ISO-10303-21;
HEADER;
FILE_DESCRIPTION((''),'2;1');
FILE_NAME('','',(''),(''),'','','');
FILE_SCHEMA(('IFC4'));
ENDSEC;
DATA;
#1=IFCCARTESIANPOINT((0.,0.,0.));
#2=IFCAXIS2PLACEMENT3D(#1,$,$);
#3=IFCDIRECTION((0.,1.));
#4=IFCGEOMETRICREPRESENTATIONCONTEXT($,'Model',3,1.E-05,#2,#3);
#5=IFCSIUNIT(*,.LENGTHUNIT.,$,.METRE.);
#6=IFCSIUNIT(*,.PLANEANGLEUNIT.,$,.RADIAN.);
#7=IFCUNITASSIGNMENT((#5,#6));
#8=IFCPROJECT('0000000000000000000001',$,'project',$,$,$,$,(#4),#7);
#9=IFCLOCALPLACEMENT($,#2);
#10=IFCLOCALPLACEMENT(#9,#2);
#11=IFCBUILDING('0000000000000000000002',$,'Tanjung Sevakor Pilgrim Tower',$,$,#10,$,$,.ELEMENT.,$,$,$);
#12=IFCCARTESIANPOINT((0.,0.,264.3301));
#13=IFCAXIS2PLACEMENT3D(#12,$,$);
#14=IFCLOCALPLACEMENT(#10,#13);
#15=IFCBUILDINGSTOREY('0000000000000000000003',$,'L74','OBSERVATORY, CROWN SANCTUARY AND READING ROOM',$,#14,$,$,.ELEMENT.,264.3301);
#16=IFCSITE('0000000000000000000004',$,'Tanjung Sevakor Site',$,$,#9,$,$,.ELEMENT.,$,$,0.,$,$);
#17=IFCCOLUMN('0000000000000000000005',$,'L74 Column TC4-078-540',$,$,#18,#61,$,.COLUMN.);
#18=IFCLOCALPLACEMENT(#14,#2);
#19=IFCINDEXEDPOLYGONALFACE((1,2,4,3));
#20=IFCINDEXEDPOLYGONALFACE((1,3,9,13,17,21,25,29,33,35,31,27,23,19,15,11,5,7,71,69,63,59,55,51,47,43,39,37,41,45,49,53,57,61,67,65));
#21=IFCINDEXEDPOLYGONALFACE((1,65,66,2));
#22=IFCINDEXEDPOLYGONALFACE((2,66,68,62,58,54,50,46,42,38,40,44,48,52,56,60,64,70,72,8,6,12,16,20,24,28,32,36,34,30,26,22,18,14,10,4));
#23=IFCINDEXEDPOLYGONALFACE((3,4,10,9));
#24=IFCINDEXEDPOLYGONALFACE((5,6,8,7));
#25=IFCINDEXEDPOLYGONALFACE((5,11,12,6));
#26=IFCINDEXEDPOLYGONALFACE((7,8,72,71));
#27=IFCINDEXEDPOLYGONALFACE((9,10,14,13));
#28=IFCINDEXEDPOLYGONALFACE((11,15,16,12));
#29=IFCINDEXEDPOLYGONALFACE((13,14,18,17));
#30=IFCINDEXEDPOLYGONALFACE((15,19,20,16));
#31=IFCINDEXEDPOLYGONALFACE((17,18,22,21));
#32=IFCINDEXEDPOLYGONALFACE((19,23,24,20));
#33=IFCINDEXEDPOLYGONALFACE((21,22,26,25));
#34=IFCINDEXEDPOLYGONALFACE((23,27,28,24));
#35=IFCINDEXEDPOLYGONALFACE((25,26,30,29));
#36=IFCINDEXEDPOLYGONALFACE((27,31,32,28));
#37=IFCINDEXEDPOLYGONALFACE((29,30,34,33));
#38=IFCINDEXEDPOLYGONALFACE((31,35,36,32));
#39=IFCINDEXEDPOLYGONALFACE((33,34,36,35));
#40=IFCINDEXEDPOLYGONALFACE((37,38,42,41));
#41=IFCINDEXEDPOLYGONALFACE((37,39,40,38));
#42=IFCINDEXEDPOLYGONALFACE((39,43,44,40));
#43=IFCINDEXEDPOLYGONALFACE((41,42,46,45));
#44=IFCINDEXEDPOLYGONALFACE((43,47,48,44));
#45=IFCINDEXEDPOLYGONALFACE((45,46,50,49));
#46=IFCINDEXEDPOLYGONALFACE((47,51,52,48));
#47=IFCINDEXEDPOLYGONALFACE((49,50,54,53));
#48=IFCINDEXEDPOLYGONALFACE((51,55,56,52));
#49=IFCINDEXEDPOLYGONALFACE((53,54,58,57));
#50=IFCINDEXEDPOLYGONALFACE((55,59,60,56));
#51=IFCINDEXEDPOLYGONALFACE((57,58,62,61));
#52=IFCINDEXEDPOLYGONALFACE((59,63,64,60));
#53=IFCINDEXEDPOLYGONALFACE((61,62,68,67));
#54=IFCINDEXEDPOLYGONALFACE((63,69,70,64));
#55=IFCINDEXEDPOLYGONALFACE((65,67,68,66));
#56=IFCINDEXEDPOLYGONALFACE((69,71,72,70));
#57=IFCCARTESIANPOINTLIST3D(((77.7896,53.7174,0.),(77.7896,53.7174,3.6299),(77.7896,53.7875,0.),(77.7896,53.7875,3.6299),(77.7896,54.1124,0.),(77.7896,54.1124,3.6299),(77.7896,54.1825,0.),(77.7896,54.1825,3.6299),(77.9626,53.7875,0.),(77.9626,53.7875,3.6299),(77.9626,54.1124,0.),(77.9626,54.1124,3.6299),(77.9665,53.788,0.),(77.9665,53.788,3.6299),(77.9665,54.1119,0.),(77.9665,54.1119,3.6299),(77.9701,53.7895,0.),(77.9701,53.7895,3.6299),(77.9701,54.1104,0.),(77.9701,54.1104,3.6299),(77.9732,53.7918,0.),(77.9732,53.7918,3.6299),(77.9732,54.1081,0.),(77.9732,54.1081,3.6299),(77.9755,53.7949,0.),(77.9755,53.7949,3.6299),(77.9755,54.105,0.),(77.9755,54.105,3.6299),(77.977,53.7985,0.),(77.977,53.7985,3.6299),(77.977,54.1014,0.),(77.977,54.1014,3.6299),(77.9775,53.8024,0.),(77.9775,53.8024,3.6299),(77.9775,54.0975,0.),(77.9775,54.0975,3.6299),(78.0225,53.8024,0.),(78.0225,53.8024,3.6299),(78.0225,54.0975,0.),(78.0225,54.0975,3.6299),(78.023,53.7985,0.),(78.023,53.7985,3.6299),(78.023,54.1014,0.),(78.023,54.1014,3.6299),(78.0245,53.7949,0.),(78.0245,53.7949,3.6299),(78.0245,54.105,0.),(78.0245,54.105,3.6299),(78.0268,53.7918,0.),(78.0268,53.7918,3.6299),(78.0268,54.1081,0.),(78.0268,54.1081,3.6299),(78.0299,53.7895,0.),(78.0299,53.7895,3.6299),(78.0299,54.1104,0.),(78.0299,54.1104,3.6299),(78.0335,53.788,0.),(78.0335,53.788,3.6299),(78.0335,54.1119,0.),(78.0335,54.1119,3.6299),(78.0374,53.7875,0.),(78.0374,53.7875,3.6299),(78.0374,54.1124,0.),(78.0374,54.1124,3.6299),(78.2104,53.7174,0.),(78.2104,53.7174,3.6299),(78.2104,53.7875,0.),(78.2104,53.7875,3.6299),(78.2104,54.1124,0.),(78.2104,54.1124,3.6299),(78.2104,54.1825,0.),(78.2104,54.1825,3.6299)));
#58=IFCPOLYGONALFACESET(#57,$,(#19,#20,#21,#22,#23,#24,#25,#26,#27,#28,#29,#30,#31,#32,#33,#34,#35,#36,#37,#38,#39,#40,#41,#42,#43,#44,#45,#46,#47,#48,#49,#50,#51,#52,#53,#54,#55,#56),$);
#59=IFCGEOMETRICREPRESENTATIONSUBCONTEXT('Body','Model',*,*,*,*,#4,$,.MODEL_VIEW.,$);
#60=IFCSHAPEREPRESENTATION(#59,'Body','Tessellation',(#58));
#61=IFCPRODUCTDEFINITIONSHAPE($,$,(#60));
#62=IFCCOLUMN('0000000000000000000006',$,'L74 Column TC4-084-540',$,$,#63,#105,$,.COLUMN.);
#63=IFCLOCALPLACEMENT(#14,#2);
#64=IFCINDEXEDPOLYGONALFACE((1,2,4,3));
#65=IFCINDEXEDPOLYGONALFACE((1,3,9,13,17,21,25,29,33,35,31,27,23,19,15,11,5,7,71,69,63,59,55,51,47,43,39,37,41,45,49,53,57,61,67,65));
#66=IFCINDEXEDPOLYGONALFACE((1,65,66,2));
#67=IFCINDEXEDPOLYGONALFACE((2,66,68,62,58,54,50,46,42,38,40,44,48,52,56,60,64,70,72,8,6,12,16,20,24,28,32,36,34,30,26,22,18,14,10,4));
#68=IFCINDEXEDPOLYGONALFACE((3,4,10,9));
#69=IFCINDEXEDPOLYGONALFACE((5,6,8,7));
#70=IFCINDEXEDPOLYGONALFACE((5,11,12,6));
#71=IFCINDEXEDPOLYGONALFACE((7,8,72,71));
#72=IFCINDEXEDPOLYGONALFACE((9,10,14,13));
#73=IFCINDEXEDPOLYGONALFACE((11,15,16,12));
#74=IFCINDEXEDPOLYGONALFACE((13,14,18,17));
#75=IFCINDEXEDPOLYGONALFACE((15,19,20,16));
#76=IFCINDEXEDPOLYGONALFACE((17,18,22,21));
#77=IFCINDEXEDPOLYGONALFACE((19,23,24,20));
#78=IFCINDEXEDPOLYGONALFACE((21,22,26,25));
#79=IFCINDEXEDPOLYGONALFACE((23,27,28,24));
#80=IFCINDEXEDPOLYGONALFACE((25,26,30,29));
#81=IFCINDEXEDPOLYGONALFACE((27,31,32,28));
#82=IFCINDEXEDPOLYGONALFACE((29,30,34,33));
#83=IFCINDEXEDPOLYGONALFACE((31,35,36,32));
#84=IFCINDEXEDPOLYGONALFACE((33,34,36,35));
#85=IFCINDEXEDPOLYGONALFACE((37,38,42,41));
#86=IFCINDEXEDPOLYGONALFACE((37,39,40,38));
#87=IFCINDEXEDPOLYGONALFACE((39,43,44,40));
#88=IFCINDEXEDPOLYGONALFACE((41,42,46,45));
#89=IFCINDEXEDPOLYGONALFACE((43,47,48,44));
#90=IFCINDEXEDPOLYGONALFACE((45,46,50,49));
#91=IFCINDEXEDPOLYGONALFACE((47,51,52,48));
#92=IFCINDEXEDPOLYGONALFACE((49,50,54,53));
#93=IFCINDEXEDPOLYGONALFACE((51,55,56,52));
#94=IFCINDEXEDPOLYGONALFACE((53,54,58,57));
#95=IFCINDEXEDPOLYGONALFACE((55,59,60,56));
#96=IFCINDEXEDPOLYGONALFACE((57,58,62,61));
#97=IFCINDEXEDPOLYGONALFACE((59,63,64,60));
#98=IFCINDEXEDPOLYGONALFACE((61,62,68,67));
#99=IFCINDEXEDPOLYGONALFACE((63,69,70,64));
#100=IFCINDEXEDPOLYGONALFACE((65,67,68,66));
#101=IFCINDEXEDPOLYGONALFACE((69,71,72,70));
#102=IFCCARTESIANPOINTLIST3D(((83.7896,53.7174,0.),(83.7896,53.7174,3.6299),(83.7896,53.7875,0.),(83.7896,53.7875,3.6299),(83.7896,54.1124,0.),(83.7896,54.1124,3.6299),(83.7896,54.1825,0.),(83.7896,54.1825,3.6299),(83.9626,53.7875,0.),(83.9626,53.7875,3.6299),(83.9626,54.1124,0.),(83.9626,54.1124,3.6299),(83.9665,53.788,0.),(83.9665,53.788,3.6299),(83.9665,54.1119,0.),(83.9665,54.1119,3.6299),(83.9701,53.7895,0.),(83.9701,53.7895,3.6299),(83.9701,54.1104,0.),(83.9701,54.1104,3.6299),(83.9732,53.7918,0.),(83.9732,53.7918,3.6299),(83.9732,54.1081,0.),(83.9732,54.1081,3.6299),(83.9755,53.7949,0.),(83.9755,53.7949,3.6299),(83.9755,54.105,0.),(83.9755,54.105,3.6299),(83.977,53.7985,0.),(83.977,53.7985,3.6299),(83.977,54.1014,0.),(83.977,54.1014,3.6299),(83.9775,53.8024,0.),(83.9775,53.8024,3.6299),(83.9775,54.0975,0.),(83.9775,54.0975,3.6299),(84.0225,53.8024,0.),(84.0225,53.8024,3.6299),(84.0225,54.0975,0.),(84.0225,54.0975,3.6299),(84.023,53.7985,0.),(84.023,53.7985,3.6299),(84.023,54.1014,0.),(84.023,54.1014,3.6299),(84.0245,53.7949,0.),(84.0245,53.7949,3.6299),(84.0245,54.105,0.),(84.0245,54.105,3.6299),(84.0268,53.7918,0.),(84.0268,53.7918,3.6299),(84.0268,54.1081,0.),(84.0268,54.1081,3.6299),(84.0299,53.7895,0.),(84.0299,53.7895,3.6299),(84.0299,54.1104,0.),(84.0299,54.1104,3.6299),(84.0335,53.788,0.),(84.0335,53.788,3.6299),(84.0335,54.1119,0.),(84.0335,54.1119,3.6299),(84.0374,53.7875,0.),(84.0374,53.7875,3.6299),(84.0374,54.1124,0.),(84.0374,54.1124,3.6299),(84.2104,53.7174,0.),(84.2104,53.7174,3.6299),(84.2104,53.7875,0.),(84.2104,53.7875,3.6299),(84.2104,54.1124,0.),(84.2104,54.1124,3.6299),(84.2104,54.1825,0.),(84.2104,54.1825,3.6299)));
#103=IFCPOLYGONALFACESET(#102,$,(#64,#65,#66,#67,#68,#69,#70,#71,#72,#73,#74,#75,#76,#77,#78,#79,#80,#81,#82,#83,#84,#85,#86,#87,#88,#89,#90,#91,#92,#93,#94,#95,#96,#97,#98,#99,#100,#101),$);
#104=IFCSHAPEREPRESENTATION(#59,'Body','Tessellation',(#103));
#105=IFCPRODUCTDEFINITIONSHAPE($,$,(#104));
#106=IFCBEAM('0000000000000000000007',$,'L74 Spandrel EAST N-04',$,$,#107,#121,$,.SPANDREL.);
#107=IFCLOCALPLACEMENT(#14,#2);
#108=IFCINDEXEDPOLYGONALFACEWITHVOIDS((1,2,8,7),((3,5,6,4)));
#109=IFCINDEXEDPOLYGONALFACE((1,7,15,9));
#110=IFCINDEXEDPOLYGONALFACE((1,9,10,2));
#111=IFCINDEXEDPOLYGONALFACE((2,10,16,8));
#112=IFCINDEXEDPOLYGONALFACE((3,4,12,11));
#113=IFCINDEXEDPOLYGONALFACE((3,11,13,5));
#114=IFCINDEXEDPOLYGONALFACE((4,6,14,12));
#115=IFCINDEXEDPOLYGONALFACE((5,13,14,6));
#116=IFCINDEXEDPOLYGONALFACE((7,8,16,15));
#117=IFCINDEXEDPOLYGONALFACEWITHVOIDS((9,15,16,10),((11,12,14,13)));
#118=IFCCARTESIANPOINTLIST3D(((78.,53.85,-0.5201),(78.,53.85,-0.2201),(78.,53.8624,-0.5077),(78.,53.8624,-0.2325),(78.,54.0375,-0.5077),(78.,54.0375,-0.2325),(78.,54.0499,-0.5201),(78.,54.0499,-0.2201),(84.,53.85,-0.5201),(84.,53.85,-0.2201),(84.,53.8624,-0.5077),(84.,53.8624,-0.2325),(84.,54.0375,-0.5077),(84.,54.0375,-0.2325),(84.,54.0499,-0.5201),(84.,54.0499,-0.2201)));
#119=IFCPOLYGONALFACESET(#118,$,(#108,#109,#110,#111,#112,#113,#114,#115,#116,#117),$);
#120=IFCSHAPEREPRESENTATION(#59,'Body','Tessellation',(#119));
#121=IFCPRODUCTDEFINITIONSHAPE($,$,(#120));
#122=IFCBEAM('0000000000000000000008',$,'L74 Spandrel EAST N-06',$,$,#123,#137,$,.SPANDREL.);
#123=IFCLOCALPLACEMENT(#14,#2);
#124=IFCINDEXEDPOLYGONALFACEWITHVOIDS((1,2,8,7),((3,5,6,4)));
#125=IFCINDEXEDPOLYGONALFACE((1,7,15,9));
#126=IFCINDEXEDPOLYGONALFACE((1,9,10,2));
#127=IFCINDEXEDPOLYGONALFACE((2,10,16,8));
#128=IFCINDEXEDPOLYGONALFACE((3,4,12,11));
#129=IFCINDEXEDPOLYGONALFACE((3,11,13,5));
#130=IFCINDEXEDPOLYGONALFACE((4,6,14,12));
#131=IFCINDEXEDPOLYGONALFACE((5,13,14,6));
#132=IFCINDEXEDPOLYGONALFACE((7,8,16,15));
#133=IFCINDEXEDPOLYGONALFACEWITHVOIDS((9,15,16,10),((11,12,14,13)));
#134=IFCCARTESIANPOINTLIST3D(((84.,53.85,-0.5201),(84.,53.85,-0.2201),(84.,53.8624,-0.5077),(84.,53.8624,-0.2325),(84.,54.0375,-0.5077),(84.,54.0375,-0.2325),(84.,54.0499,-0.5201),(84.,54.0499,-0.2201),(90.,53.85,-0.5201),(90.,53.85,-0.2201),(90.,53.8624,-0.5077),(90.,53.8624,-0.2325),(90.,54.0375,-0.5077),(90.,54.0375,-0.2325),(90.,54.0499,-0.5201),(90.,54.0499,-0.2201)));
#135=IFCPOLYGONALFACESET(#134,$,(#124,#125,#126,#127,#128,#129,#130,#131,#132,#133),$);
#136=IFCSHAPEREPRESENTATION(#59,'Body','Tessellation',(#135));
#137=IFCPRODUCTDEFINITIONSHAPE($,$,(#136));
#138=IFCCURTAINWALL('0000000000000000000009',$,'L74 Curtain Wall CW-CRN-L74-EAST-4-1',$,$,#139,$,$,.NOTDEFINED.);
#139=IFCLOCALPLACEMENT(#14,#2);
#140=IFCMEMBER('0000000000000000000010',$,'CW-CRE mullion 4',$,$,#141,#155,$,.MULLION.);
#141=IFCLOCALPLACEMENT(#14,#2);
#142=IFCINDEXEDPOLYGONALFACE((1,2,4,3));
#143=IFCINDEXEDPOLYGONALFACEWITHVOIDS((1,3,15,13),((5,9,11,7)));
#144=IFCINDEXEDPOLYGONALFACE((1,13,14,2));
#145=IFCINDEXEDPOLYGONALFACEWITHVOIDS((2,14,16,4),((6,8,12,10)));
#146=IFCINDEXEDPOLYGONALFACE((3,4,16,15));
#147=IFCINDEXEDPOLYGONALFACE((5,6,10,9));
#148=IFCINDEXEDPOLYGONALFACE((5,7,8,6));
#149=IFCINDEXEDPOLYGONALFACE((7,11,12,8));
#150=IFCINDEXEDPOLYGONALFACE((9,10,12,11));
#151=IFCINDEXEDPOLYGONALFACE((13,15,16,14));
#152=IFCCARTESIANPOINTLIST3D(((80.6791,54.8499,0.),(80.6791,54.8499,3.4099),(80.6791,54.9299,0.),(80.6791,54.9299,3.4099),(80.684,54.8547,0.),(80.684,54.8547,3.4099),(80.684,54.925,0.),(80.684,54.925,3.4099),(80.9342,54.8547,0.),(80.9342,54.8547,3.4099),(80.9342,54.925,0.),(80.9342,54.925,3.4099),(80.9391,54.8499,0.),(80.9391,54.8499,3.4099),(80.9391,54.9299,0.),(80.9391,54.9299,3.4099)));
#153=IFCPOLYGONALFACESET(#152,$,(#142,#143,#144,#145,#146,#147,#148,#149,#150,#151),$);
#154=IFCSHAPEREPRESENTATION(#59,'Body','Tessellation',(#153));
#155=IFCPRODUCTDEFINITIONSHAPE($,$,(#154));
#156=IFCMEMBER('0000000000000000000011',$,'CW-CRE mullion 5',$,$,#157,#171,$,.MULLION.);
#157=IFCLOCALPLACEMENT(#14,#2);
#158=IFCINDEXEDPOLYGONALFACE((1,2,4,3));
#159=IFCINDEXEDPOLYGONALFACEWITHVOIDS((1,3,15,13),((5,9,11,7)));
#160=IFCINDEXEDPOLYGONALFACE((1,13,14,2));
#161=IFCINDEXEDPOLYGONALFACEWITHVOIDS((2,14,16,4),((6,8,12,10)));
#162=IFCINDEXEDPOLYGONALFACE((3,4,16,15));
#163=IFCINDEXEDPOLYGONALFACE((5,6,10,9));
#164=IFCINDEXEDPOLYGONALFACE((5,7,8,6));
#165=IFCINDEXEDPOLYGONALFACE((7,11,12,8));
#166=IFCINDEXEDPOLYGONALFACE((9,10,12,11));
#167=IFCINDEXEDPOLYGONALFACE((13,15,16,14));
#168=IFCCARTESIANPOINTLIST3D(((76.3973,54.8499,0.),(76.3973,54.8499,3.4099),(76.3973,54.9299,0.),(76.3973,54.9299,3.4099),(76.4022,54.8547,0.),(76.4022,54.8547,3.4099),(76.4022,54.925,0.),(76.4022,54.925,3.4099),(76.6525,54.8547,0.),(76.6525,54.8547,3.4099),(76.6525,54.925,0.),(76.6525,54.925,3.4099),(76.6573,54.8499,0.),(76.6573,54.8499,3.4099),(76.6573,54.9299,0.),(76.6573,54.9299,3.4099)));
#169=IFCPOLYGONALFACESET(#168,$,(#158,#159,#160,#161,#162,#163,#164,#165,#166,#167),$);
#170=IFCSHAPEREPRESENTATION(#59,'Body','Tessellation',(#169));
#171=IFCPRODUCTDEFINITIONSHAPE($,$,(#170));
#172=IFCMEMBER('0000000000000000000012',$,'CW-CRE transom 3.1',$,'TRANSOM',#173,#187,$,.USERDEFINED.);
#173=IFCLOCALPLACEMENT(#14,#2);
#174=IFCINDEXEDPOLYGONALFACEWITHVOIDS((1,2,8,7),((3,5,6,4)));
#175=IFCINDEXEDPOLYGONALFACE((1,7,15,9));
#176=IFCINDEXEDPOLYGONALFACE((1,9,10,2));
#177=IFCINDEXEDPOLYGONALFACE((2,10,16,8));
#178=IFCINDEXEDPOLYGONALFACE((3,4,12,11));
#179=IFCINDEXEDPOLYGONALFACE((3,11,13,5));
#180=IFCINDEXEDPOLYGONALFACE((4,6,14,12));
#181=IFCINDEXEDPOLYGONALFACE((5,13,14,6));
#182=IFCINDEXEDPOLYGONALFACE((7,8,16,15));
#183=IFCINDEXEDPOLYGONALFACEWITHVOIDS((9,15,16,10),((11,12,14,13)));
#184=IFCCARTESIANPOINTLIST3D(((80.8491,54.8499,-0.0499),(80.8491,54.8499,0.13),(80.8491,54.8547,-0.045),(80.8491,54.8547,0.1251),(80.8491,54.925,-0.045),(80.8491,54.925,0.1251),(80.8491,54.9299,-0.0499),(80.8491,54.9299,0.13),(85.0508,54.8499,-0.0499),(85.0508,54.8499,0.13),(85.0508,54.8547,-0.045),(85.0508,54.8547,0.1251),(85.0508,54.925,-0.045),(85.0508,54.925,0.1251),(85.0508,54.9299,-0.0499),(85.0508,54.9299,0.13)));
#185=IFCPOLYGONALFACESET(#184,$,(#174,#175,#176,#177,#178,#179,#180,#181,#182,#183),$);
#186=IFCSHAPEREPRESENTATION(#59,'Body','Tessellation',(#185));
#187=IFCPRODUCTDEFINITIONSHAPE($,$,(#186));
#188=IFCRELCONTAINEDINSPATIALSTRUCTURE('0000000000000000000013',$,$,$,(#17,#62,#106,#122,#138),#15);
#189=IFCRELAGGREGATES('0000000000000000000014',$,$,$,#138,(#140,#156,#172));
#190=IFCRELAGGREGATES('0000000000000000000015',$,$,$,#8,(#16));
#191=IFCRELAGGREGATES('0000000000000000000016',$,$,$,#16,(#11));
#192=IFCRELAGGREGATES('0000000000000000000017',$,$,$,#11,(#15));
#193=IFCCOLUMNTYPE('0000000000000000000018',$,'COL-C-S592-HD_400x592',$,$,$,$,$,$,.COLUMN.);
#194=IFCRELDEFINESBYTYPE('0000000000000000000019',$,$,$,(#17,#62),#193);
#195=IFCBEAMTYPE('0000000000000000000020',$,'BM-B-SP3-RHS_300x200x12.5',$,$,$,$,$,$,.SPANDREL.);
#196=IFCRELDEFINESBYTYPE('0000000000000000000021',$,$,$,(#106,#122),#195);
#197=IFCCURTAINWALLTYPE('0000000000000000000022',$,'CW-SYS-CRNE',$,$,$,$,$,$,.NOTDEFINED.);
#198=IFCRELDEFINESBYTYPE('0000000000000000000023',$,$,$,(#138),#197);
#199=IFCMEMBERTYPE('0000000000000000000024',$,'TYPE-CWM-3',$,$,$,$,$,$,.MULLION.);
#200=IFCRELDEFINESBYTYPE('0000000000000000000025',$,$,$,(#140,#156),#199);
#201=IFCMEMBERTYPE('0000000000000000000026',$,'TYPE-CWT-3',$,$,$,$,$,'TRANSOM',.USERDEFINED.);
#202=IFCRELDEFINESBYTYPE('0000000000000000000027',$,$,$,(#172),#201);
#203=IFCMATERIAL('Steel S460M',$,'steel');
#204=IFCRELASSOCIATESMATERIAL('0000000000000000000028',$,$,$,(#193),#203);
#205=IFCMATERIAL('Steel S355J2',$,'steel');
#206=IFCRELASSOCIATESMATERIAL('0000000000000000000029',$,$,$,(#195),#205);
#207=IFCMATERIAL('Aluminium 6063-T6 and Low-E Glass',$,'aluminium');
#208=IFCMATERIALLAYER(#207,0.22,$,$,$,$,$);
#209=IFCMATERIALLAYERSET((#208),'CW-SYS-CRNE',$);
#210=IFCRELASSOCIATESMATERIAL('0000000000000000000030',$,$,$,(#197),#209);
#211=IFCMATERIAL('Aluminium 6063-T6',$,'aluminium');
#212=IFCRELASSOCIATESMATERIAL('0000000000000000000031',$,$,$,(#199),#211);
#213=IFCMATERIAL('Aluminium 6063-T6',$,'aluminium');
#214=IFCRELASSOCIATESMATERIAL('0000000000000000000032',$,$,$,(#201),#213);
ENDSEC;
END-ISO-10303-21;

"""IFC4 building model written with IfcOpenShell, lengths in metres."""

from ifc_helpers import new_model, si_unit, direction, frame, origin, origin_2d, place, context, subcontext, project, spatial, hollow_rectangle, i_section, extrude, material, layer, layer_set, material_profile, profile_set, type_object, element, aggregate, save


model = new_model("IFC4")

# Units and contexts
model_context = context("Model", 3, precision=1e-05, world=origin(), true_north=direction((0.0, 1.0)))
body_context = subcontext(model_context, "Body", "Model", "MODEL_VIEW")
ifc_project = project(units=[si_unit("LENGTHUNIT", "METRE"), si_unit("PLANEANGLEUNIT", "RADIAN")], contexts=[model_context])

# Site, building, storey
site_placement = place(None, origin())
site = spatial("IfcSite", under=ifc_project, at=site_placement, Name="Tanjung Sevakor Site", CompositionType="ELEMENT", RefElevation=0.0)
building_placement = place(site_placement, origin())
building = spatial("IfcBuilding", under=site, at=building_placement, Name="Tanjung Sevakor Pilgrim Tower", CompositionType="ELEMENT")
storey_placement = place(building_placement, frame((0.0, 0.0, 264.3301)))
storey = spatial("IfcBuildingStorey", under=building, at=storey_placement, Name="L74", Description="OBSERVATORY, CROWN SANCTUARY AND READING ROOM", CompositionType="ELEMENT", Elevation=264.3301)

# Columns
ifc_material_1 = material(Name="Steel S460M", Category="steel")
ifc_material_profile_1 = material_profile(ifc_material_1, i_section(OverallWidth=0.4209, OverallDepth=0.4651, WebThickness=0.0449, FlangeThickness=0.0701, FilletRadius=0.0149, at=origin_2d()))
ifc_profile_set_1 = profile_set([ifc_material_profile_1], Name="Steel S460M")
column_type = type_object("IfcColumnType", Name="COL-C-S592-HD_400x592", PredefinedType="COLUMN", material=ifc_profile_set_1)
for number, where, z_axis, x_axis, name in (
    (1, (78.0, 53.95, 0.0), (0.0, 0.0, 1.0), (1.0, 0.0, 0.0), "L74 Column TC4-078-540"),
    (2, (84.0, 53.95, 0.0), (0.0, 0.0, 1.0), (1.0, 0.0, 0.0), "L74 Column TC4-084-540"),
):
    element("IfcColumn", number, at=place(storey_placement, frame(where, z_axis=z_axis, x_axis=x_axis)), inside=storey, type_object=column_type, Name=name, PredefinedType="COLUMN", context=body_context, shape_type="SweptSolid", body=[
        extrude(i_section(OverallWidth=0.4209, OverallDepth=0.4651, WebThickness=0.0449, FlangeThickness=0.0701, FilletRadius=0.0149, at=origin_2d()), origin(), (0.0, 0.0, 1.0), 3.6299),
    ])

# Beams
ifc_material_2 = material(Name="Steel S355J2", Category="steel")
ifc_material_profile_2 = material_profile(ifc_material_2, hollow_rectangle(XDim=0.2, YDim=0.3, WallThickness=0.0125, at=origin_2d()))
ifc_profile_set_2 = profile_set([ifc_material_profile_2], Name="Steel S355J2")
beam_type = type_object("IfcBeamType", Name="BM-B-SP3-RHS_300x200x12.5", PredefinedType="SPANDREL", material=ifc_profile_set_2)
for number, where, z_axis, x_axis, name in (
    (3, (78.0, 53.95, -0.3701), (1.0, 0.0, 0.0), (0.0, 1.0, 0.0), "L74 Spandrel EAST N-04"),
    (4, (84.0, 53.95, -0.3701), (1.0, 0.0, 0.0), (0.0, 1.0, 0.0), "L74 Spandrel EAST N-06"),
):
    element("IfcBeam", number, at=place(storey_placement, frame(where, z_axis=z_axis, x_axis=x_axis)), inside=storey, type_object=beam_type, Name=name, PredefinedType="SPANDREL", context=body_context, shape_type="SweptSolid", body=[
        extrude(hollow_rectangle(XDim=0.2, YDim=0.3, WallThickness=0.0125, at=origin_2d()), origin(), (0.0, 0.0, 1.0), 6.0),
    ])

# Curtain wall, members
ifc_material_3 = material(Name="Aluminium 6063-T6 and Low-E Glass", Category="aluminium")
ifc_layer_1 = layer(ifc_material_3, 0.22)
ifc_layer_set_1 = layer_set([ifc_layer_1], Name="CW-SYS-CRNE")
curtain_wall_type = type_object("IfcCurtainWallType", Name="CW-SYS-CRNE", PredefinedType="NOTDEFINED", material=ifc_layer_set_1)
curtain_wall_placement = place(storey_placement, origin())
curtain_wall = element("IfcCurtainWall", 5, at=curtain_wall_placement, inside=storey, type_object=curtain_wall_type, Name="L74 Curtain Wall CW-CRN-L74-EAST-4-1", PredefinedType="NOTDEFINED")
ifc_material_4 = material(Name="Aluminium 6063-T6", Category="aluminium")
ifc_material_profile_3 = material_profile(ifc_material_4, hollow_rectangle(XDim=0.0801, YDim=0.26, WallThickness=0.0049, at=origin_2d()))
ifc_profile_set_3 = profile_set([ifc_material_profile_3], Name="Aluminium 6063-T6")
member_type_1 = type_object("IfcMemberType", Name="TYPE-CWM-3", PredefinedType="MULLION", material=ifc_profile_set_3)
member_1_placement = place(storey_placement, frame((80.8091, 54.8899, 0.0), z_axis=(0.0, 0.0, 1.0), x_axis=(0.0, -1.0, 0.0)))
member_1 = element("IfcMember", 6, at=member_1_placement, type_object=member_type_1, Name="CW-CRE mullion 4", PredefinedType="MULLION", context=body_context, shape_type="SweptSolid", body=[
    extrude(hollow_rectangle(XDim=0.0801, YDim=0.26, WallThickness=0.0049, at=origin_2d()), origin(), (0.0, 0.0, 1.0), 3.4099),
])
member_2_placement = place(storey_placement, frame((76.5273, 54.8899, 0.0), z_axis=(0.0, 0.0, 1.0), x_axis=(0.0, -1.0, 0.0)))
member_2 = element("IfcMember", 7, at=member_2_placement, type_object=member_type_1, Name="CW-CRE mullion 5", PredefinedType="MULLION", context=body_context, shape_type="SweptSolid", body=[
    extrude(hollow_rectangle(XDim=0.0801, YDim=0.26, WallThickness=0.0049, at=origin_2d()), origin(), (0.0, 0.0, 1.0), 3.4099),
])
ifc_material_5 = material(Name="Aluminium 6063-T6", Category="aluminium")
ifc_material_profile_4 = material_profile(ifc_material_5, hollow_rectangle(XDim=0.0801, YDim=0.1799, WallThickness=0.0049, at=origin_2d()))
ifc_profile_set_4 = profile_set([ifc_material_profile_4], Name="Aluminium 6063-T6")
member_type_2 = type_object("IfcMemberType", Name="TYPE-CWT-3", ElementType="TRANSOM", PredefinedType="USERDEFINED", material=ifc_profile_set_4)
member_3_placement = place(storey_placement, frame((85.0508, 54.8899, 0.04), z_axis=(-1.0, 0.0, 0.0), x_axis=(0.0, -1.0, 0.0)))
member_3 = element("IfcMember", 8, at=member_3_placement, type_object=member_type_2, Name="CW-CRE transom 3.1", ObjectType="TRANSOM", PredefinedType="USERDEFINED", context=body_context, shape_type="SweptSolid", body=[
    extrude(hollow_rectangle(XDim=0.0801, YDim=0.1799, WallThickness=0.0049, at=origin_2d()), origin(), (0.0, 0.0, 1.0), 4.2017),
])
aggregate(curtain_wall, [member_1, member_2, member_3])

save(model, "model.ifc")
